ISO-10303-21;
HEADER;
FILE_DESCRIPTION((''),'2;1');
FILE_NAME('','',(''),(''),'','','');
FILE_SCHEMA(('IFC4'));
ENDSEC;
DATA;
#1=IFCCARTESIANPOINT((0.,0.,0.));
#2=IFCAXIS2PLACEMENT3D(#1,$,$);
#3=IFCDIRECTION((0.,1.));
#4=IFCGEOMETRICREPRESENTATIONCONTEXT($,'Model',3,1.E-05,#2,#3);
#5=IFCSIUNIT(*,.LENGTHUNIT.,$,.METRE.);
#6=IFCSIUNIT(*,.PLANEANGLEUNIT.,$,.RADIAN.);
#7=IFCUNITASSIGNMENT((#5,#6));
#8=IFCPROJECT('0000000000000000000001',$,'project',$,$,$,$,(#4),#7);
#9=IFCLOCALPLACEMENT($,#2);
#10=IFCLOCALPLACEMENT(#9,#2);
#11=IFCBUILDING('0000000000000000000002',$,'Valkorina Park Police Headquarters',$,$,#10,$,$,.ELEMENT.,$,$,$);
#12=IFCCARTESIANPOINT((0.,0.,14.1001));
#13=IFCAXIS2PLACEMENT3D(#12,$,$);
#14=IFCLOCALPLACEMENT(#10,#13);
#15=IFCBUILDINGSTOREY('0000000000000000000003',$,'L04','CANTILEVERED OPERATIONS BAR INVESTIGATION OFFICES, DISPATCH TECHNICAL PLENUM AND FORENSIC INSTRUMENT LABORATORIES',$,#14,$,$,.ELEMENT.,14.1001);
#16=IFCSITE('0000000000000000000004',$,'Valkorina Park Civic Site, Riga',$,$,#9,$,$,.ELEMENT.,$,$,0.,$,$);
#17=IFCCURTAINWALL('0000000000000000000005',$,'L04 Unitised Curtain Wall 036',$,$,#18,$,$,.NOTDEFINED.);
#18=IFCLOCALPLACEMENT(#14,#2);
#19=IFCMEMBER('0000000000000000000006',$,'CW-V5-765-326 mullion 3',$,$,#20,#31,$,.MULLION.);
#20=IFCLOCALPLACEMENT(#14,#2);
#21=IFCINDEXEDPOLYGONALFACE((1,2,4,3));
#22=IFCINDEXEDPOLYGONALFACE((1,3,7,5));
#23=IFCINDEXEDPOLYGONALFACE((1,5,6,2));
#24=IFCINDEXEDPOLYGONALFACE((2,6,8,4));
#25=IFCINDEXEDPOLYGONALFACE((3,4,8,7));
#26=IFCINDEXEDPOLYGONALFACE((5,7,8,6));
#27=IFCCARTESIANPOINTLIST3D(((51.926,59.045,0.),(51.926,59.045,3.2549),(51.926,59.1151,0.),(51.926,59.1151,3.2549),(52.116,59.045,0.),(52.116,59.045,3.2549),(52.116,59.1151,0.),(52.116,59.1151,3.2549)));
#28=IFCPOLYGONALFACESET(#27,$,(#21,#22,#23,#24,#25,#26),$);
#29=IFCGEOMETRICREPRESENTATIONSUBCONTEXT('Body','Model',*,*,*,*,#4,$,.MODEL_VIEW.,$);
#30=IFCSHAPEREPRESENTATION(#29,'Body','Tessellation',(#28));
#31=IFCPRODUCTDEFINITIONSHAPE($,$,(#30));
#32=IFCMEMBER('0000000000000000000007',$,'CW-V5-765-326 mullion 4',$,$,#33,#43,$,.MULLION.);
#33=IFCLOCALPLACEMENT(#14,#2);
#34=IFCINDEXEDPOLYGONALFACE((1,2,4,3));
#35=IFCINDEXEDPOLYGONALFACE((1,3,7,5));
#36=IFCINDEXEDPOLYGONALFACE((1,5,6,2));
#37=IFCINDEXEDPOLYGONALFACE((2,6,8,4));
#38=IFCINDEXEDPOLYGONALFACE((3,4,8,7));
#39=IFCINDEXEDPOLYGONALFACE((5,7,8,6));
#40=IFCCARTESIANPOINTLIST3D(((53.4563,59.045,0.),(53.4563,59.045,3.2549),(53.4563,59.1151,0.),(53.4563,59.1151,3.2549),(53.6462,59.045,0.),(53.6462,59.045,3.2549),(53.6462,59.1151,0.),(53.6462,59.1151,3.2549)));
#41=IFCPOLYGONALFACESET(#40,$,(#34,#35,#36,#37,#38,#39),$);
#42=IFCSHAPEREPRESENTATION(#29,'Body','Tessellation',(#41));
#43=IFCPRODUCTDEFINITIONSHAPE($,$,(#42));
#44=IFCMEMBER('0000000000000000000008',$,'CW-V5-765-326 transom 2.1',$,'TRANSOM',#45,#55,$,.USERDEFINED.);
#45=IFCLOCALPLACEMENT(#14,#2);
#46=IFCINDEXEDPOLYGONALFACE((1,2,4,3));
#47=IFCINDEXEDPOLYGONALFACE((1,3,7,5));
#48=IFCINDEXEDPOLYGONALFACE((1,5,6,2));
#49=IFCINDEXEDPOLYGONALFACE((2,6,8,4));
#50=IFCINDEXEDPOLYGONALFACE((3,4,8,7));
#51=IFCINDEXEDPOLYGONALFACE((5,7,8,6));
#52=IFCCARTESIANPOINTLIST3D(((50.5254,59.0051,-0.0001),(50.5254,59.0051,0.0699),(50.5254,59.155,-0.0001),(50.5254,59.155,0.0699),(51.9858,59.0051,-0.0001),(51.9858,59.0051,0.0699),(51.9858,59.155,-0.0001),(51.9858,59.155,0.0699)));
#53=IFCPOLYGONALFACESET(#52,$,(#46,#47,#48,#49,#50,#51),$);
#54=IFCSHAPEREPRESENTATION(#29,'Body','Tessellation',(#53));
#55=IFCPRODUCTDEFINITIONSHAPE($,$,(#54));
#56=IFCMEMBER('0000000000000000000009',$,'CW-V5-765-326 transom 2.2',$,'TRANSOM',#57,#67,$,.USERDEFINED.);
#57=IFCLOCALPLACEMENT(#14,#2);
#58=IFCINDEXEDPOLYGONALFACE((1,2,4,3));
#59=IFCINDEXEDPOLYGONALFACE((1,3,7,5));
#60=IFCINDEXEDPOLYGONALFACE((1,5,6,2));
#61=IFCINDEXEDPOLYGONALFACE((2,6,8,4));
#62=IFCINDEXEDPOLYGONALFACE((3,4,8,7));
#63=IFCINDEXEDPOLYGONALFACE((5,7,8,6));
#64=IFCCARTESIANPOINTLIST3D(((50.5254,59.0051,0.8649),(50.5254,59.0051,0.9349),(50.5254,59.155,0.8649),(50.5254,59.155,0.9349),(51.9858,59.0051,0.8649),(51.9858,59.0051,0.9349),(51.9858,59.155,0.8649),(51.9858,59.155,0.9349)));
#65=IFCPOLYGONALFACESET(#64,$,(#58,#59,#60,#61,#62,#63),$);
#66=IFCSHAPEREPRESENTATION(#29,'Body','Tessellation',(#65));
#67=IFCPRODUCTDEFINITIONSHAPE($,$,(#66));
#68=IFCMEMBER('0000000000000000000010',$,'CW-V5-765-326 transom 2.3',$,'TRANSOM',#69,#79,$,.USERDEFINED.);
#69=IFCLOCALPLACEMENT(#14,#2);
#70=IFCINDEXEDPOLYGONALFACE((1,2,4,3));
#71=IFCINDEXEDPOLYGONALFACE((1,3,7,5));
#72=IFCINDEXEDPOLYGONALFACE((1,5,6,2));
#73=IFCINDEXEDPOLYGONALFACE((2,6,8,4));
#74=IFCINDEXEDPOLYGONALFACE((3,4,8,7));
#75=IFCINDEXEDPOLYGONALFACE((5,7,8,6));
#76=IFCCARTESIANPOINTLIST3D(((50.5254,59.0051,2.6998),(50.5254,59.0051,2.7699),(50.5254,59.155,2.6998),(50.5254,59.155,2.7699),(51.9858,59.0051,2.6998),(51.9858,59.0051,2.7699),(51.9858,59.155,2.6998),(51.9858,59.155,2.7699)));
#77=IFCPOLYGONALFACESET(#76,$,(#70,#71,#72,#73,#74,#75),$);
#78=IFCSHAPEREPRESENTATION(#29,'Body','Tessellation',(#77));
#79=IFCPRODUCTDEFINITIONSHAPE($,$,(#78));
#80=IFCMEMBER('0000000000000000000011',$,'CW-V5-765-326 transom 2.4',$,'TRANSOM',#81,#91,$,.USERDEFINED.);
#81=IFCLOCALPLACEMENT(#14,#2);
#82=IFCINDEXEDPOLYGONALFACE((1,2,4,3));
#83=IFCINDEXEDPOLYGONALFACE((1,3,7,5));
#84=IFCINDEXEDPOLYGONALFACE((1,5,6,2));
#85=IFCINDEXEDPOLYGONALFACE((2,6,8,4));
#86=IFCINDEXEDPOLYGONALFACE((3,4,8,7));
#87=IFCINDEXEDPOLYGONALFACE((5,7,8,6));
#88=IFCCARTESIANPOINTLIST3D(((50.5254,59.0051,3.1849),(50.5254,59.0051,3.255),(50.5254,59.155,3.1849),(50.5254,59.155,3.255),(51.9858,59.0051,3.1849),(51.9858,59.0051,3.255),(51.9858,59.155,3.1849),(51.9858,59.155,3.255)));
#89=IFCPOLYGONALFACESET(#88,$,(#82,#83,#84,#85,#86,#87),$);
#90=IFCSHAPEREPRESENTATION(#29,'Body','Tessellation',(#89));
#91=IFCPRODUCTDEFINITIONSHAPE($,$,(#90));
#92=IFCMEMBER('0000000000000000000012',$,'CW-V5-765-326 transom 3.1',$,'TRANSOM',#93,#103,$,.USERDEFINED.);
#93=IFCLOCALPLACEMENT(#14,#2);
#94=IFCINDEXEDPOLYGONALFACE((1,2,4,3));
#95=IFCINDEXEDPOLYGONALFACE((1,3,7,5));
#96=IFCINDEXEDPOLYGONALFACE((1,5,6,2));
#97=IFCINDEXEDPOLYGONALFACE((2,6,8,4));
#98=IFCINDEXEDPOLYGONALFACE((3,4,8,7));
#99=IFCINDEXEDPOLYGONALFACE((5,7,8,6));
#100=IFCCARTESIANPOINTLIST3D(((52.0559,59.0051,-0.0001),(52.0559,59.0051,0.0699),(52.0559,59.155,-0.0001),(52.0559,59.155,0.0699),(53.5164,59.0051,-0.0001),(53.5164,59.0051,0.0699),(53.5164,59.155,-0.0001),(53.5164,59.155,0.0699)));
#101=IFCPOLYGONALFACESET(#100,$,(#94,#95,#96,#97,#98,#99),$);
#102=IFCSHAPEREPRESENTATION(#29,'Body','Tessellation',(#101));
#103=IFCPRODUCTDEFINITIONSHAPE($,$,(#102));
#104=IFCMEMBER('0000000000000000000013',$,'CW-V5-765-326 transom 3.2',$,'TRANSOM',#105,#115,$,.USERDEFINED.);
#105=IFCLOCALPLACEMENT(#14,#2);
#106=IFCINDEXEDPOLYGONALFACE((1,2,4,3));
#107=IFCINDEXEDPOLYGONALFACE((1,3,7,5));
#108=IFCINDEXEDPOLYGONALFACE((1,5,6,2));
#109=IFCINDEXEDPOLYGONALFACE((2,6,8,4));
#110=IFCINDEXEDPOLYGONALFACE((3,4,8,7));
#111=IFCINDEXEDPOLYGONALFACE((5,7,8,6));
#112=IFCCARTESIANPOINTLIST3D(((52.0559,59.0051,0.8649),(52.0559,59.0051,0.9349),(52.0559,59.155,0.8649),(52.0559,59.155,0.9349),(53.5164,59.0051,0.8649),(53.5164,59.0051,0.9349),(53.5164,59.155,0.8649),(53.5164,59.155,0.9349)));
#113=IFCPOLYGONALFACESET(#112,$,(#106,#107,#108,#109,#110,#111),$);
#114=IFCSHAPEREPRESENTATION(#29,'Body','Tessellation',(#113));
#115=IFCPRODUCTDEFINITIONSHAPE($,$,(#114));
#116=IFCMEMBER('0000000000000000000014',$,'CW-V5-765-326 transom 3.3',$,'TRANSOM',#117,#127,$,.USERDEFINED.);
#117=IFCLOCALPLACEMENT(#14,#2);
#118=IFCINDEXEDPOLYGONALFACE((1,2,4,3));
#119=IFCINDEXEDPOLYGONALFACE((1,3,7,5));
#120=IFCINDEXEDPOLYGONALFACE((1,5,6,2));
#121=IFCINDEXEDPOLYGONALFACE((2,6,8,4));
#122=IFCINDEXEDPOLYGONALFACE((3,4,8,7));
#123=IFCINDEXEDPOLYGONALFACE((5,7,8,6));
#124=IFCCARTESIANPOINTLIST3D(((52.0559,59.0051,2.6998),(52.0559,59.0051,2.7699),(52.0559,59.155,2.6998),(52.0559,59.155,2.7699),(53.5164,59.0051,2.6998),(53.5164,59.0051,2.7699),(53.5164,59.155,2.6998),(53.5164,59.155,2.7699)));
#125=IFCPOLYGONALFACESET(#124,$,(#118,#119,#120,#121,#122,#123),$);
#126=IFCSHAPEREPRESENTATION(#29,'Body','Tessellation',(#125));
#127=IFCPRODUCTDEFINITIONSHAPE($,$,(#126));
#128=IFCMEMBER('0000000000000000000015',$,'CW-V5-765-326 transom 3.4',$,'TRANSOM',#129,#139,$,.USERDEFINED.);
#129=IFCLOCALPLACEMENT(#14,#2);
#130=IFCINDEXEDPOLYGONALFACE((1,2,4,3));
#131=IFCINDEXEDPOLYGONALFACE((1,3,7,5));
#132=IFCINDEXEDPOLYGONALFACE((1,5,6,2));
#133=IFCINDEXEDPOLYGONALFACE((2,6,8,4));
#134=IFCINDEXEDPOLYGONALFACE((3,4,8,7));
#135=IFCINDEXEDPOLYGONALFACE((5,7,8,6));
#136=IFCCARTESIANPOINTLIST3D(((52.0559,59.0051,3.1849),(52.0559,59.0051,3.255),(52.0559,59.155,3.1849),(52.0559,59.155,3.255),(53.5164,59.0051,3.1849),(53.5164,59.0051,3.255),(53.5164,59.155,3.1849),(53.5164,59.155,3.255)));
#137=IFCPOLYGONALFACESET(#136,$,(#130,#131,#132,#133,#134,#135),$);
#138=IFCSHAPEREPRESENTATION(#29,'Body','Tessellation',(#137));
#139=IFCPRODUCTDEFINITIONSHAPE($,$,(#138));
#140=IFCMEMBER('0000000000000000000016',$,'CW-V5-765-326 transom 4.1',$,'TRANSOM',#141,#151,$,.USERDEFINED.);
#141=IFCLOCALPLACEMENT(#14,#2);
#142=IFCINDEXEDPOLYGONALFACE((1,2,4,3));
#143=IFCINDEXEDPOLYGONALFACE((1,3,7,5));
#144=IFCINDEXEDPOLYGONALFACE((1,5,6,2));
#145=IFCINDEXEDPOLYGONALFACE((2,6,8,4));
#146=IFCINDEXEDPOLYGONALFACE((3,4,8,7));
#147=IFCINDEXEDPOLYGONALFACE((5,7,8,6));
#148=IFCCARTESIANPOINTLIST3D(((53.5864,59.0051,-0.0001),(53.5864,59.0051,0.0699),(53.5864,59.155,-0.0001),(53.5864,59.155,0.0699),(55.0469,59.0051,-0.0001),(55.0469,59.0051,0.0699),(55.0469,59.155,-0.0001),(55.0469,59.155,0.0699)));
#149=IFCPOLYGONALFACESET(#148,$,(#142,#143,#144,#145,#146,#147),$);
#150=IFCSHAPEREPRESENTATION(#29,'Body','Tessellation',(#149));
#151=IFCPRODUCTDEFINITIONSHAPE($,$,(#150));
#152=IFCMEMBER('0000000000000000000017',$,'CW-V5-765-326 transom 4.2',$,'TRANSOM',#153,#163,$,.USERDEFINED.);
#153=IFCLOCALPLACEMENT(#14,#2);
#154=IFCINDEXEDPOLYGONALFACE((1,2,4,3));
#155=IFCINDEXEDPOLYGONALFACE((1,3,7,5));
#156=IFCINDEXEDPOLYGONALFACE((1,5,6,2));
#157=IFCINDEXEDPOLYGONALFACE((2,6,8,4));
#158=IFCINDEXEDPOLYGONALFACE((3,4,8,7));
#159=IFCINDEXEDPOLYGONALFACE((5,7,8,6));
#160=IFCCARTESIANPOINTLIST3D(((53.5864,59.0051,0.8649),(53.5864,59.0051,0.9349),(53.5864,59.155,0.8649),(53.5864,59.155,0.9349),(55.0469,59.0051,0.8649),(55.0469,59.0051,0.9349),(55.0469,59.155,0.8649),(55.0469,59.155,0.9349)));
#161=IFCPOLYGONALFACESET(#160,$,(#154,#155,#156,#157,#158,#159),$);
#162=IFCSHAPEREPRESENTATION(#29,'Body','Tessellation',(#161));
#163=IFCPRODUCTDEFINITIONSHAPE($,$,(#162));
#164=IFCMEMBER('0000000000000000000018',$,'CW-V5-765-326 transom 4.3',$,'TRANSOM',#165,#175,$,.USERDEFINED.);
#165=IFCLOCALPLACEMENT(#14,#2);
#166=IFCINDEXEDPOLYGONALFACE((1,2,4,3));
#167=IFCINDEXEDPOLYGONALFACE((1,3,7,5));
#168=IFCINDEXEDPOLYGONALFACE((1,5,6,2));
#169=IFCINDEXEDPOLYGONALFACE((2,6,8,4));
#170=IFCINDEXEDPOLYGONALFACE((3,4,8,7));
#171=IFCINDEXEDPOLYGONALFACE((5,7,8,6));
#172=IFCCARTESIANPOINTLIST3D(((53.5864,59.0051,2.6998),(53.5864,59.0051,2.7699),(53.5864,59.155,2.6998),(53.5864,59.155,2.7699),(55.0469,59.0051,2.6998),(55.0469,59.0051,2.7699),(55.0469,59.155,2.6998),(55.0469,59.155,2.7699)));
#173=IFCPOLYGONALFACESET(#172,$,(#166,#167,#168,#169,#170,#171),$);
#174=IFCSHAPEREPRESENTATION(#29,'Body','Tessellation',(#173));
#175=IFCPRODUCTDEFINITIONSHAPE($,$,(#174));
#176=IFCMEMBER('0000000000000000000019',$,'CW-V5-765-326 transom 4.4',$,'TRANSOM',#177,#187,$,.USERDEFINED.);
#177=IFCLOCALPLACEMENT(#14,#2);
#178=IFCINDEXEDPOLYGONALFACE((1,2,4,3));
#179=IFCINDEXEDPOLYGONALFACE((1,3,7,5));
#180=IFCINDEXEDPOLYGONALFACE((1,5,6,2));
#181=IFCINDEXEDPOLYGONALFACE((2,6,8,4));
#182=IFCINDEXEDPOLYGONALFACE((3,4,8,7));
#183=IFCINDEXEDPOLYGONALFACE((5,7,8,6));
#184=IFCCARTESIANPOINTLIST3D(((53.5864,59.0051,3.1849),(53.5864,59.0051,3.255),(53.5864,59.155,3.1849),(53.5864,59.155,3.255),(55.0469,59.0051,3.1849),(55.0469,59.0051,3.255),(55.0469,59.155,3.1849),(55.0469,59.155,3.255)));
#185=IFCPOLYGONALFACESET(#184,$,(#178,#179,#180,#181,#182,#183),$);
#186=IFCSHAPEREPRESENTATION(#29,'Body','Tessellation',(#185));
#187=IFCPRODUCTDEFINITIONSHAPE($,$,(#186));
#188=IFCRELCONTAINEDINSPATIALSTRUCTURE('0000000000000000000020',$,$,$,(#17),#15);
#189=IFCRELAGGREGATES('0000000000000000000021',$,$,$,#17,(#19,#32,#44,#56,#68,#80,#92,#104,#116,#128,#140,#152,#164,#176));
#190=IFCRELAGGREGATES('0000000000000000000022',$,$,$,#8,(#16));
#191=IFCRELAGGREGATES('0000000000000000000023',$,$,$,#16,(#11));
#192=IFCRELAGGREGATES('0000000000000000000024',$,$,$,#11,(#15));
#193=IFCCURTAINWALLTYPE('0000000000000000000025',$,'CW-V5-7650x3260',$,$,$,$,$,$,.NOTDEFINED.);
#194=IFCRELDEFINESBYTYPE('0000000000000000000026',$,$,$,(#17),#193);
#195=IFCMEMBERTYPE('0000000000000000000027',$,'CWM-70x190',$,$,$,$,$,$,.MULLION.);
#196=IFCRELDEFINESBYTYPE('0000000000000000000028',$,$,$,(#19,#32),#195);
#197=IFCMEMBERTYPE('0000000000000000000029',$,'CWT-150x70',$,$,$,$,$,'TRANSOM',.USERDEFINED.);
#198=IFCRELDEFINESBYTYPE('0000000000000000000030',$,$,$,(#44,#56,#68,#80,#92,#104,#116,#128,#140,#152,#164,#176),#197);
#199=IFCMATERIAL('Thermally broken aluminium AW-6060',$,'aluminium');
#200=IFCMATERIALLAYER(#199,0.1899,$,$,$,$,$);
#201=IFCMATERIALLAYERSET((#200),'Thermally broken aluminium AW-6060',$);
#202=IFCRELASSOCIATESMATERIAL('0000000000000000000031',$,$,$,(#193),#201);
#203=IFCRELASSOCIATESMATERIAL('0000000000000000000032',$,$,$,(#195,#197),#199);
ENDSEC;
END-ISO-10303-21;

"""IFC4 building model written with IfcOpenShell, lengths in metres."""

from ifc_helpers import new_model, si_unit, direction, frame, origin, origin_2d, place, context, subcontext, project, spatial, rectangle, extrude, material, layer, layer_set, material_profile, profile_set, type_object, element, aggregate, save


model = new_model("IFC4")

# Units and contexts
model_context = context("Model", 3, precision=1e-05, world=origin(), true_north=direction((0.0, 1.0)))
body_context = subcontext(model_context, "Body", "Model", "MODEL_VIEW")
ifc_project = project(units=[si_unit("LENGTHUNIT", "METRE"), si_unit("PLANEANGLEUNIT", "RADIAN")], contexts=[model_context])

# Site, building, storey
site_placement = place(None, origin())
site = spatial("IfcSite", under=ifc_project, at=site_placement, Name="Valkorina Park Civic Site, Riga", CompositionType="ELEMENT", RefElevation=0.0)
building_placement = place(site_placement, origin())
building = spatial("IfcBuilding", under=site, at=building_placement, Name="Valkorina Park Police Headquarters", CompositionType="ELEMENT")
storey_placement = place(building_placement, frame((0.0, 0.0, 14.1001)))
storey = spatial("IfcBuildingStorey", under=building, at=storey_placement, Name="L04", Description="CANTILEVERED OPERATIONS BAR INVESTIGATION OFFICES, DISPATCH TECHNICAL PLENUM AND FORENSIC INSTRUMENT LABORATORIES", CompositionType="ELEMENT", Elevation=14.1001)

# Curtain wall, members
ifc_material_1 = material(Name="Thermally broken aluminium AW-6060", Category="aluminium")
ifc_layer_1 = layer(ifc_material_1, 0.1899)
ifc_layer_set_1 = layer_set([ifc_layer_1], Name="Thermally broken aluminium AW-6060")
curtain_wall_type = type_object("IfcCurtainWallType", Name="CW-V5-7650x3260", PredefinedType="NOTDEFINED", material=ifc_layer_set_1)
curtain_wall_placement = place(storey_placement, origin())
curtain_wall = element("IfcCurtainWall", 1, at=curtain_wall_placement, inside=storey, type_object=curtain_wall_type, Name="L04 Unitised Curtain Wall 036", PredefinedType="NOTDEFINED")
ifc_material_profile_1 = material_profile(ifc_material_1, rectangle(XDim=0.0701, YDim=0.1899, at=origin_2d()), Name="CWM-02 70x190")
ifc_profile_set_1 = profile_set([ifc_material_profile_1], Name="Thermally broken aluminium AW-6060")
member_type_1 = type_object("IfcMemberType", Name="CWM-70x190", PredefinedType="MULLION", material=ifc_profile_set_1)
member_1_placement = place(storey_placement, frame((52.021, 59.0801, 0.0), z_axis=(0.0, 0.0, 1.0), x_axis=(0.0, 1.0, 0.0)))
member_1 = element("IfcMember", 2, at=member_1_placement, type_object=member_type_1, Name="CW-V5-765-326 mullion 3", PredefinedType="MULLION", context=body_context, shape_type="SweptSolid", body=[
    extrude(rectangle(XDim=0.0701, YDim=0.1899, at=origin_2d()), origin(), (0.0, 0.0, 1.0), 3.2549),
])
member_2_placement = place(storey_placement, frame((53.5513, 59.0801, 0.0), z_axis=(0.0, 0.0, 1.0), x_axis=(0.0, 1.0, 0.0)))
member_2 = element("IfcMember", 3, at=member_2_placement, type_object=member_type_1, Name="CW-V5-765-326 mullion 4", PredefinedType="MULLION", context=body_context, shape_type="SweptSolid", body=[
    extrude(rectangle(XDim=0.0701, YDim=0.1899, at=origin_2d()), origin(), (0.0, 0.0, 1.0), 3.2549),
])
ifc_material_profile_2 = material_profile(ifc_material_1, rectangle(XDim=0.1499, YDim=0.0701, at=origin_2d()), Name="CWT-02 150x70")
ifc_profile_set_2 = profile_set([ifc_material_profile_2], Name="Thermally broken aluminium AW-6060")
member_type_2 = type_object("IfcMemberType", Name="CWT-150x70", ElementType="TRANSOM", PredefinedType="USERDEFINED", material=ifc_profile_set_2)
member_3_placement = place(storey_placement, frame((50.5254, 59.0801, 0.0349), z_axis=(1.0, 0.0, 0.0), x_axis=(0.0, 1.0, 0.0)))
member_3 = element("IfcMember", 4, at=member_3_placement, type_object=member_type_2, Name="CW-V5-765-326 transom 2.1", ObjectType="TRANSOM", PredefinedType="USERDEFINED", context=body_context, shape_type="SweptSolid", body=[
    extrude(rectangle(XDim=0.1499, YDim=0.0701, at=origin_2d()), origin(), (0.0, 0.0, 1.0), 1.4604),
])
member_4_placement = place(storey_placement, frame((50.5254, 59.0801, 0.8999), z_axis=(1.0, 0.0, 0.0), x_axis=(0.0, 1.0, 0.0)))
member_4 = element("IfcMember", 5, at=member_4_placement, type_object=member_type_2, Name="CW-V5-765-326 transom 2.2", ObjectType="TRANSOM", PredefinedType="USERDEFINED", context=body_context, shape_type="SweptSolid", body=[
    extrude(rectangle(XDim=0.1499, YDim=0.0701, at=origin_2d()), origin(), (0.0, 0.0, 1.0), 1.4604),
])
member_5_placement = place(storey_placement, frame((50.5254, 59.0801, 2.7349), z_axis=(1.0, 0.0, 0.0), x_axis=(0.0, 1.0, 0.0)))
member_5 = element("IfcMember", 6, at=member_5_placement, type_object=member_type_2, Name="CW-V5-765-326 transom 2.3", ObjectType="TRANSOM", PredefinedType="USERDEFINED", context=body_context, shape_type="SweptSolid", body=[
    extrude(rectangle(XDim=0.1499, YDim=0.0701, at=origin_2d()), origin(), (0.0, 0.0, 1.0), 1.4604),
])
member_6_placement = place(storey_placement, frame((50.5254, 59.0801, 3.22), z_axis=(1.0, 0.0, 0.0), x_axis=(0.0, 1.0, 0.0)))
member_6 = element("IfcMember", 7, at=member_6_placement, type_object=member_type_2, Name="CW-V5-765-326 transom 2.4", ObjectType="TRANSOM", PredefinedType="USERDEFINED", context=body_context, shape_type="SweptSolid", body=[
    extrude(rectangle(XDim=0.1499, YDim=0.0701, at=origin_2d()), origin(), (0.0, 0.0, 1.0), 1.4604),
])
member_7_placement = place(storey_placement, frame((52.0559, 59.0801, 0.0349), z_axis=(1.0, 0.0, 0.0), x_axis=(0.0, 1.0, 0.0)))
member_7 = element("IfcMember", 8, at=member_7_placement, type_object=member_type_2, Name="CW-V5-765-326 transom 3.1", ObjectType="TRANSOM", PredefinedType="USERDEFINED", context=body_context, shape_type="SweptSolid", body=[
    extrude(rectangle(XDim=0.1499, YDim=0.0701, at=origin_2d()), origin(), (0.0, 0.0, 1.0), 1.4604),
])
member_8_placement = place(storey_placement, frame((52.0559, 59.0801, 0.8999), z_axis=(1.0, 0.0, 0.0), x_axis=(0.0, 1.0, 0.0)))
member_8 = element("IfcMember", 9, at=member_8_placement, type_object=member_type_2, Name="CW-V5-765-326 transom 3.2", ObjectType="TRANSOM", PredefinedType="USERDEFINED", context=body_context, shape_type="SweptSolid", body=[
    extrude(rectangle(XDim=0.1499, YDim=0.0701, at=origin_2d()), origin(), (0.0, 0.0, 1.0), 1.4604),
])
member_9_placement = place(storey_placement, frame((52.0559, 59.0801, 2.7349), z_axis=(1.0, 0.0, 0.0), x_axis=(0.0, 1.0, 0.0)))
member_9 = element("IfcMember", 10, at=member_9_placement, type_object=member_type_2, Name="CW-V5-765-326 transom 3.3", ObjectType="TRANSOM", PredefinedType="USERDEFINED", context=body_context, shape_type="SweptSolid", body=[
    extrude(rectangle(XDim=0.1499, YDim=0.0701, at=origin_2d()), origin(), (0.0, 0.0, 1.0), 1.4604),
])
member_10_placement = place(storey_placement, frame((52.0559, 59.0801, 3.22), z_axis=(1.0, 0.0, 0.0), x_axis=(0.0, 1.0, 0.0)))
member_10 = element("IfcMember", 11, at=member_10_placement, type_object=member_type_2, Name="CW-V5-765-326 transom 3.4", ObjectType="TRANSOM", PredefinedType="USERDEFINED", context=body_context, shape_type="SweptSolid", body=[
    extrude(rectangle(XDim=0.1499, YDim=0.0701, at=origin_2d()), origin(), (0.0, 0.0, 1.0), 1.4604),
])
member_11_placement = place(storey_placement, frame((53.5864, 59.0801, 0.0349), z_axis=(1.0, 0.0, 0.0), x_axis=(0.0, 1.0, 0.0)))
member_11 = element("IfcMember", 12, at=member_11_placement, type_object=member_type_2, Name="CW-V5-765-326 transom 4.1", ObjectType="TRANSOM", PredefinedType="USERDEFINED", context=body_context, shape_type="SweptSolid", body=[
    extrude(rectangle(XDim=0.1499, YDim=0.0701, at=origin_2d()), origin(), (0.0, 0.0, 1.0), 1.4604),
])
member_12_placement = place(storey_placement, frame((53.5864, 59.0801, 0.8999), z_axis=(1.0, 0.0, 0.0), x_axis=(0.0, 1.0, 0.0)))
member_12 = element("IfcMember", 13, at=member_12_placement, type_object=member_type_2, Name="CW-V5-765-326 transom 4.2", ObjectType="TRANSOM", PredefinedType="USERDEFINED", context=body_context, shape_type="SweptSolid", body=[
    extrude(rectangle(XDim=0.1499, YDim=0.0701, at=origin_2d()), origin(), (0.0, 0.0, 1.0), 1.4604),
])
member_13_placement = place(storey_placement, frame((53.5864, 59.0801, 2.7349), z_axis=(1.0, 0.0, 0.0), x_axis=(0.0, 1.0, 0.0)))
member_13 = element("IfcMember", 14, at=member_13_placement, type_object=member_type_2, Name="CW-V5-765-326 transom 4.3", ObjectType="TRANSOM", PredefinedType="USERDEFINED", context=body_context, shape_type="SweptSolid", body=[
    extrude(rectangle(XDim=0.1499, YDim=0.0701, at=origin_2d()), origin(), (0.0, 0.0, 1.0), 1.4604),
])
member_14_placement = place(storey_placement, frame((53.5864, 59.0801, 3.22), z_axis=(1.0, 0.0, 0.0), x_axis=(0.0, 1.0, 0.0)))
member_14 = element("IfcMember", 15, at=member_14_placement, type_object=member_type_2, Name="CW-V5-765-326 transom 4.4", ObjectType="TRANSOM", PredefinedType="USERDEFINED", context=body_context, shape_type="SweptSolid", body=[
    extrude(rectangle(XDim=0.1499, YDim=0.0701, at=origin_2d()), origin(), (0.0, 0.0, 1.0), 1.4604),
])
aggregate(curtain_wall, [member_1, member_2, member_3, member_4, member_5, member_6, member_7, member_8, member_9, member_10, member_11, member_12, member_13, member_14])

save(model, "model.ifc")
